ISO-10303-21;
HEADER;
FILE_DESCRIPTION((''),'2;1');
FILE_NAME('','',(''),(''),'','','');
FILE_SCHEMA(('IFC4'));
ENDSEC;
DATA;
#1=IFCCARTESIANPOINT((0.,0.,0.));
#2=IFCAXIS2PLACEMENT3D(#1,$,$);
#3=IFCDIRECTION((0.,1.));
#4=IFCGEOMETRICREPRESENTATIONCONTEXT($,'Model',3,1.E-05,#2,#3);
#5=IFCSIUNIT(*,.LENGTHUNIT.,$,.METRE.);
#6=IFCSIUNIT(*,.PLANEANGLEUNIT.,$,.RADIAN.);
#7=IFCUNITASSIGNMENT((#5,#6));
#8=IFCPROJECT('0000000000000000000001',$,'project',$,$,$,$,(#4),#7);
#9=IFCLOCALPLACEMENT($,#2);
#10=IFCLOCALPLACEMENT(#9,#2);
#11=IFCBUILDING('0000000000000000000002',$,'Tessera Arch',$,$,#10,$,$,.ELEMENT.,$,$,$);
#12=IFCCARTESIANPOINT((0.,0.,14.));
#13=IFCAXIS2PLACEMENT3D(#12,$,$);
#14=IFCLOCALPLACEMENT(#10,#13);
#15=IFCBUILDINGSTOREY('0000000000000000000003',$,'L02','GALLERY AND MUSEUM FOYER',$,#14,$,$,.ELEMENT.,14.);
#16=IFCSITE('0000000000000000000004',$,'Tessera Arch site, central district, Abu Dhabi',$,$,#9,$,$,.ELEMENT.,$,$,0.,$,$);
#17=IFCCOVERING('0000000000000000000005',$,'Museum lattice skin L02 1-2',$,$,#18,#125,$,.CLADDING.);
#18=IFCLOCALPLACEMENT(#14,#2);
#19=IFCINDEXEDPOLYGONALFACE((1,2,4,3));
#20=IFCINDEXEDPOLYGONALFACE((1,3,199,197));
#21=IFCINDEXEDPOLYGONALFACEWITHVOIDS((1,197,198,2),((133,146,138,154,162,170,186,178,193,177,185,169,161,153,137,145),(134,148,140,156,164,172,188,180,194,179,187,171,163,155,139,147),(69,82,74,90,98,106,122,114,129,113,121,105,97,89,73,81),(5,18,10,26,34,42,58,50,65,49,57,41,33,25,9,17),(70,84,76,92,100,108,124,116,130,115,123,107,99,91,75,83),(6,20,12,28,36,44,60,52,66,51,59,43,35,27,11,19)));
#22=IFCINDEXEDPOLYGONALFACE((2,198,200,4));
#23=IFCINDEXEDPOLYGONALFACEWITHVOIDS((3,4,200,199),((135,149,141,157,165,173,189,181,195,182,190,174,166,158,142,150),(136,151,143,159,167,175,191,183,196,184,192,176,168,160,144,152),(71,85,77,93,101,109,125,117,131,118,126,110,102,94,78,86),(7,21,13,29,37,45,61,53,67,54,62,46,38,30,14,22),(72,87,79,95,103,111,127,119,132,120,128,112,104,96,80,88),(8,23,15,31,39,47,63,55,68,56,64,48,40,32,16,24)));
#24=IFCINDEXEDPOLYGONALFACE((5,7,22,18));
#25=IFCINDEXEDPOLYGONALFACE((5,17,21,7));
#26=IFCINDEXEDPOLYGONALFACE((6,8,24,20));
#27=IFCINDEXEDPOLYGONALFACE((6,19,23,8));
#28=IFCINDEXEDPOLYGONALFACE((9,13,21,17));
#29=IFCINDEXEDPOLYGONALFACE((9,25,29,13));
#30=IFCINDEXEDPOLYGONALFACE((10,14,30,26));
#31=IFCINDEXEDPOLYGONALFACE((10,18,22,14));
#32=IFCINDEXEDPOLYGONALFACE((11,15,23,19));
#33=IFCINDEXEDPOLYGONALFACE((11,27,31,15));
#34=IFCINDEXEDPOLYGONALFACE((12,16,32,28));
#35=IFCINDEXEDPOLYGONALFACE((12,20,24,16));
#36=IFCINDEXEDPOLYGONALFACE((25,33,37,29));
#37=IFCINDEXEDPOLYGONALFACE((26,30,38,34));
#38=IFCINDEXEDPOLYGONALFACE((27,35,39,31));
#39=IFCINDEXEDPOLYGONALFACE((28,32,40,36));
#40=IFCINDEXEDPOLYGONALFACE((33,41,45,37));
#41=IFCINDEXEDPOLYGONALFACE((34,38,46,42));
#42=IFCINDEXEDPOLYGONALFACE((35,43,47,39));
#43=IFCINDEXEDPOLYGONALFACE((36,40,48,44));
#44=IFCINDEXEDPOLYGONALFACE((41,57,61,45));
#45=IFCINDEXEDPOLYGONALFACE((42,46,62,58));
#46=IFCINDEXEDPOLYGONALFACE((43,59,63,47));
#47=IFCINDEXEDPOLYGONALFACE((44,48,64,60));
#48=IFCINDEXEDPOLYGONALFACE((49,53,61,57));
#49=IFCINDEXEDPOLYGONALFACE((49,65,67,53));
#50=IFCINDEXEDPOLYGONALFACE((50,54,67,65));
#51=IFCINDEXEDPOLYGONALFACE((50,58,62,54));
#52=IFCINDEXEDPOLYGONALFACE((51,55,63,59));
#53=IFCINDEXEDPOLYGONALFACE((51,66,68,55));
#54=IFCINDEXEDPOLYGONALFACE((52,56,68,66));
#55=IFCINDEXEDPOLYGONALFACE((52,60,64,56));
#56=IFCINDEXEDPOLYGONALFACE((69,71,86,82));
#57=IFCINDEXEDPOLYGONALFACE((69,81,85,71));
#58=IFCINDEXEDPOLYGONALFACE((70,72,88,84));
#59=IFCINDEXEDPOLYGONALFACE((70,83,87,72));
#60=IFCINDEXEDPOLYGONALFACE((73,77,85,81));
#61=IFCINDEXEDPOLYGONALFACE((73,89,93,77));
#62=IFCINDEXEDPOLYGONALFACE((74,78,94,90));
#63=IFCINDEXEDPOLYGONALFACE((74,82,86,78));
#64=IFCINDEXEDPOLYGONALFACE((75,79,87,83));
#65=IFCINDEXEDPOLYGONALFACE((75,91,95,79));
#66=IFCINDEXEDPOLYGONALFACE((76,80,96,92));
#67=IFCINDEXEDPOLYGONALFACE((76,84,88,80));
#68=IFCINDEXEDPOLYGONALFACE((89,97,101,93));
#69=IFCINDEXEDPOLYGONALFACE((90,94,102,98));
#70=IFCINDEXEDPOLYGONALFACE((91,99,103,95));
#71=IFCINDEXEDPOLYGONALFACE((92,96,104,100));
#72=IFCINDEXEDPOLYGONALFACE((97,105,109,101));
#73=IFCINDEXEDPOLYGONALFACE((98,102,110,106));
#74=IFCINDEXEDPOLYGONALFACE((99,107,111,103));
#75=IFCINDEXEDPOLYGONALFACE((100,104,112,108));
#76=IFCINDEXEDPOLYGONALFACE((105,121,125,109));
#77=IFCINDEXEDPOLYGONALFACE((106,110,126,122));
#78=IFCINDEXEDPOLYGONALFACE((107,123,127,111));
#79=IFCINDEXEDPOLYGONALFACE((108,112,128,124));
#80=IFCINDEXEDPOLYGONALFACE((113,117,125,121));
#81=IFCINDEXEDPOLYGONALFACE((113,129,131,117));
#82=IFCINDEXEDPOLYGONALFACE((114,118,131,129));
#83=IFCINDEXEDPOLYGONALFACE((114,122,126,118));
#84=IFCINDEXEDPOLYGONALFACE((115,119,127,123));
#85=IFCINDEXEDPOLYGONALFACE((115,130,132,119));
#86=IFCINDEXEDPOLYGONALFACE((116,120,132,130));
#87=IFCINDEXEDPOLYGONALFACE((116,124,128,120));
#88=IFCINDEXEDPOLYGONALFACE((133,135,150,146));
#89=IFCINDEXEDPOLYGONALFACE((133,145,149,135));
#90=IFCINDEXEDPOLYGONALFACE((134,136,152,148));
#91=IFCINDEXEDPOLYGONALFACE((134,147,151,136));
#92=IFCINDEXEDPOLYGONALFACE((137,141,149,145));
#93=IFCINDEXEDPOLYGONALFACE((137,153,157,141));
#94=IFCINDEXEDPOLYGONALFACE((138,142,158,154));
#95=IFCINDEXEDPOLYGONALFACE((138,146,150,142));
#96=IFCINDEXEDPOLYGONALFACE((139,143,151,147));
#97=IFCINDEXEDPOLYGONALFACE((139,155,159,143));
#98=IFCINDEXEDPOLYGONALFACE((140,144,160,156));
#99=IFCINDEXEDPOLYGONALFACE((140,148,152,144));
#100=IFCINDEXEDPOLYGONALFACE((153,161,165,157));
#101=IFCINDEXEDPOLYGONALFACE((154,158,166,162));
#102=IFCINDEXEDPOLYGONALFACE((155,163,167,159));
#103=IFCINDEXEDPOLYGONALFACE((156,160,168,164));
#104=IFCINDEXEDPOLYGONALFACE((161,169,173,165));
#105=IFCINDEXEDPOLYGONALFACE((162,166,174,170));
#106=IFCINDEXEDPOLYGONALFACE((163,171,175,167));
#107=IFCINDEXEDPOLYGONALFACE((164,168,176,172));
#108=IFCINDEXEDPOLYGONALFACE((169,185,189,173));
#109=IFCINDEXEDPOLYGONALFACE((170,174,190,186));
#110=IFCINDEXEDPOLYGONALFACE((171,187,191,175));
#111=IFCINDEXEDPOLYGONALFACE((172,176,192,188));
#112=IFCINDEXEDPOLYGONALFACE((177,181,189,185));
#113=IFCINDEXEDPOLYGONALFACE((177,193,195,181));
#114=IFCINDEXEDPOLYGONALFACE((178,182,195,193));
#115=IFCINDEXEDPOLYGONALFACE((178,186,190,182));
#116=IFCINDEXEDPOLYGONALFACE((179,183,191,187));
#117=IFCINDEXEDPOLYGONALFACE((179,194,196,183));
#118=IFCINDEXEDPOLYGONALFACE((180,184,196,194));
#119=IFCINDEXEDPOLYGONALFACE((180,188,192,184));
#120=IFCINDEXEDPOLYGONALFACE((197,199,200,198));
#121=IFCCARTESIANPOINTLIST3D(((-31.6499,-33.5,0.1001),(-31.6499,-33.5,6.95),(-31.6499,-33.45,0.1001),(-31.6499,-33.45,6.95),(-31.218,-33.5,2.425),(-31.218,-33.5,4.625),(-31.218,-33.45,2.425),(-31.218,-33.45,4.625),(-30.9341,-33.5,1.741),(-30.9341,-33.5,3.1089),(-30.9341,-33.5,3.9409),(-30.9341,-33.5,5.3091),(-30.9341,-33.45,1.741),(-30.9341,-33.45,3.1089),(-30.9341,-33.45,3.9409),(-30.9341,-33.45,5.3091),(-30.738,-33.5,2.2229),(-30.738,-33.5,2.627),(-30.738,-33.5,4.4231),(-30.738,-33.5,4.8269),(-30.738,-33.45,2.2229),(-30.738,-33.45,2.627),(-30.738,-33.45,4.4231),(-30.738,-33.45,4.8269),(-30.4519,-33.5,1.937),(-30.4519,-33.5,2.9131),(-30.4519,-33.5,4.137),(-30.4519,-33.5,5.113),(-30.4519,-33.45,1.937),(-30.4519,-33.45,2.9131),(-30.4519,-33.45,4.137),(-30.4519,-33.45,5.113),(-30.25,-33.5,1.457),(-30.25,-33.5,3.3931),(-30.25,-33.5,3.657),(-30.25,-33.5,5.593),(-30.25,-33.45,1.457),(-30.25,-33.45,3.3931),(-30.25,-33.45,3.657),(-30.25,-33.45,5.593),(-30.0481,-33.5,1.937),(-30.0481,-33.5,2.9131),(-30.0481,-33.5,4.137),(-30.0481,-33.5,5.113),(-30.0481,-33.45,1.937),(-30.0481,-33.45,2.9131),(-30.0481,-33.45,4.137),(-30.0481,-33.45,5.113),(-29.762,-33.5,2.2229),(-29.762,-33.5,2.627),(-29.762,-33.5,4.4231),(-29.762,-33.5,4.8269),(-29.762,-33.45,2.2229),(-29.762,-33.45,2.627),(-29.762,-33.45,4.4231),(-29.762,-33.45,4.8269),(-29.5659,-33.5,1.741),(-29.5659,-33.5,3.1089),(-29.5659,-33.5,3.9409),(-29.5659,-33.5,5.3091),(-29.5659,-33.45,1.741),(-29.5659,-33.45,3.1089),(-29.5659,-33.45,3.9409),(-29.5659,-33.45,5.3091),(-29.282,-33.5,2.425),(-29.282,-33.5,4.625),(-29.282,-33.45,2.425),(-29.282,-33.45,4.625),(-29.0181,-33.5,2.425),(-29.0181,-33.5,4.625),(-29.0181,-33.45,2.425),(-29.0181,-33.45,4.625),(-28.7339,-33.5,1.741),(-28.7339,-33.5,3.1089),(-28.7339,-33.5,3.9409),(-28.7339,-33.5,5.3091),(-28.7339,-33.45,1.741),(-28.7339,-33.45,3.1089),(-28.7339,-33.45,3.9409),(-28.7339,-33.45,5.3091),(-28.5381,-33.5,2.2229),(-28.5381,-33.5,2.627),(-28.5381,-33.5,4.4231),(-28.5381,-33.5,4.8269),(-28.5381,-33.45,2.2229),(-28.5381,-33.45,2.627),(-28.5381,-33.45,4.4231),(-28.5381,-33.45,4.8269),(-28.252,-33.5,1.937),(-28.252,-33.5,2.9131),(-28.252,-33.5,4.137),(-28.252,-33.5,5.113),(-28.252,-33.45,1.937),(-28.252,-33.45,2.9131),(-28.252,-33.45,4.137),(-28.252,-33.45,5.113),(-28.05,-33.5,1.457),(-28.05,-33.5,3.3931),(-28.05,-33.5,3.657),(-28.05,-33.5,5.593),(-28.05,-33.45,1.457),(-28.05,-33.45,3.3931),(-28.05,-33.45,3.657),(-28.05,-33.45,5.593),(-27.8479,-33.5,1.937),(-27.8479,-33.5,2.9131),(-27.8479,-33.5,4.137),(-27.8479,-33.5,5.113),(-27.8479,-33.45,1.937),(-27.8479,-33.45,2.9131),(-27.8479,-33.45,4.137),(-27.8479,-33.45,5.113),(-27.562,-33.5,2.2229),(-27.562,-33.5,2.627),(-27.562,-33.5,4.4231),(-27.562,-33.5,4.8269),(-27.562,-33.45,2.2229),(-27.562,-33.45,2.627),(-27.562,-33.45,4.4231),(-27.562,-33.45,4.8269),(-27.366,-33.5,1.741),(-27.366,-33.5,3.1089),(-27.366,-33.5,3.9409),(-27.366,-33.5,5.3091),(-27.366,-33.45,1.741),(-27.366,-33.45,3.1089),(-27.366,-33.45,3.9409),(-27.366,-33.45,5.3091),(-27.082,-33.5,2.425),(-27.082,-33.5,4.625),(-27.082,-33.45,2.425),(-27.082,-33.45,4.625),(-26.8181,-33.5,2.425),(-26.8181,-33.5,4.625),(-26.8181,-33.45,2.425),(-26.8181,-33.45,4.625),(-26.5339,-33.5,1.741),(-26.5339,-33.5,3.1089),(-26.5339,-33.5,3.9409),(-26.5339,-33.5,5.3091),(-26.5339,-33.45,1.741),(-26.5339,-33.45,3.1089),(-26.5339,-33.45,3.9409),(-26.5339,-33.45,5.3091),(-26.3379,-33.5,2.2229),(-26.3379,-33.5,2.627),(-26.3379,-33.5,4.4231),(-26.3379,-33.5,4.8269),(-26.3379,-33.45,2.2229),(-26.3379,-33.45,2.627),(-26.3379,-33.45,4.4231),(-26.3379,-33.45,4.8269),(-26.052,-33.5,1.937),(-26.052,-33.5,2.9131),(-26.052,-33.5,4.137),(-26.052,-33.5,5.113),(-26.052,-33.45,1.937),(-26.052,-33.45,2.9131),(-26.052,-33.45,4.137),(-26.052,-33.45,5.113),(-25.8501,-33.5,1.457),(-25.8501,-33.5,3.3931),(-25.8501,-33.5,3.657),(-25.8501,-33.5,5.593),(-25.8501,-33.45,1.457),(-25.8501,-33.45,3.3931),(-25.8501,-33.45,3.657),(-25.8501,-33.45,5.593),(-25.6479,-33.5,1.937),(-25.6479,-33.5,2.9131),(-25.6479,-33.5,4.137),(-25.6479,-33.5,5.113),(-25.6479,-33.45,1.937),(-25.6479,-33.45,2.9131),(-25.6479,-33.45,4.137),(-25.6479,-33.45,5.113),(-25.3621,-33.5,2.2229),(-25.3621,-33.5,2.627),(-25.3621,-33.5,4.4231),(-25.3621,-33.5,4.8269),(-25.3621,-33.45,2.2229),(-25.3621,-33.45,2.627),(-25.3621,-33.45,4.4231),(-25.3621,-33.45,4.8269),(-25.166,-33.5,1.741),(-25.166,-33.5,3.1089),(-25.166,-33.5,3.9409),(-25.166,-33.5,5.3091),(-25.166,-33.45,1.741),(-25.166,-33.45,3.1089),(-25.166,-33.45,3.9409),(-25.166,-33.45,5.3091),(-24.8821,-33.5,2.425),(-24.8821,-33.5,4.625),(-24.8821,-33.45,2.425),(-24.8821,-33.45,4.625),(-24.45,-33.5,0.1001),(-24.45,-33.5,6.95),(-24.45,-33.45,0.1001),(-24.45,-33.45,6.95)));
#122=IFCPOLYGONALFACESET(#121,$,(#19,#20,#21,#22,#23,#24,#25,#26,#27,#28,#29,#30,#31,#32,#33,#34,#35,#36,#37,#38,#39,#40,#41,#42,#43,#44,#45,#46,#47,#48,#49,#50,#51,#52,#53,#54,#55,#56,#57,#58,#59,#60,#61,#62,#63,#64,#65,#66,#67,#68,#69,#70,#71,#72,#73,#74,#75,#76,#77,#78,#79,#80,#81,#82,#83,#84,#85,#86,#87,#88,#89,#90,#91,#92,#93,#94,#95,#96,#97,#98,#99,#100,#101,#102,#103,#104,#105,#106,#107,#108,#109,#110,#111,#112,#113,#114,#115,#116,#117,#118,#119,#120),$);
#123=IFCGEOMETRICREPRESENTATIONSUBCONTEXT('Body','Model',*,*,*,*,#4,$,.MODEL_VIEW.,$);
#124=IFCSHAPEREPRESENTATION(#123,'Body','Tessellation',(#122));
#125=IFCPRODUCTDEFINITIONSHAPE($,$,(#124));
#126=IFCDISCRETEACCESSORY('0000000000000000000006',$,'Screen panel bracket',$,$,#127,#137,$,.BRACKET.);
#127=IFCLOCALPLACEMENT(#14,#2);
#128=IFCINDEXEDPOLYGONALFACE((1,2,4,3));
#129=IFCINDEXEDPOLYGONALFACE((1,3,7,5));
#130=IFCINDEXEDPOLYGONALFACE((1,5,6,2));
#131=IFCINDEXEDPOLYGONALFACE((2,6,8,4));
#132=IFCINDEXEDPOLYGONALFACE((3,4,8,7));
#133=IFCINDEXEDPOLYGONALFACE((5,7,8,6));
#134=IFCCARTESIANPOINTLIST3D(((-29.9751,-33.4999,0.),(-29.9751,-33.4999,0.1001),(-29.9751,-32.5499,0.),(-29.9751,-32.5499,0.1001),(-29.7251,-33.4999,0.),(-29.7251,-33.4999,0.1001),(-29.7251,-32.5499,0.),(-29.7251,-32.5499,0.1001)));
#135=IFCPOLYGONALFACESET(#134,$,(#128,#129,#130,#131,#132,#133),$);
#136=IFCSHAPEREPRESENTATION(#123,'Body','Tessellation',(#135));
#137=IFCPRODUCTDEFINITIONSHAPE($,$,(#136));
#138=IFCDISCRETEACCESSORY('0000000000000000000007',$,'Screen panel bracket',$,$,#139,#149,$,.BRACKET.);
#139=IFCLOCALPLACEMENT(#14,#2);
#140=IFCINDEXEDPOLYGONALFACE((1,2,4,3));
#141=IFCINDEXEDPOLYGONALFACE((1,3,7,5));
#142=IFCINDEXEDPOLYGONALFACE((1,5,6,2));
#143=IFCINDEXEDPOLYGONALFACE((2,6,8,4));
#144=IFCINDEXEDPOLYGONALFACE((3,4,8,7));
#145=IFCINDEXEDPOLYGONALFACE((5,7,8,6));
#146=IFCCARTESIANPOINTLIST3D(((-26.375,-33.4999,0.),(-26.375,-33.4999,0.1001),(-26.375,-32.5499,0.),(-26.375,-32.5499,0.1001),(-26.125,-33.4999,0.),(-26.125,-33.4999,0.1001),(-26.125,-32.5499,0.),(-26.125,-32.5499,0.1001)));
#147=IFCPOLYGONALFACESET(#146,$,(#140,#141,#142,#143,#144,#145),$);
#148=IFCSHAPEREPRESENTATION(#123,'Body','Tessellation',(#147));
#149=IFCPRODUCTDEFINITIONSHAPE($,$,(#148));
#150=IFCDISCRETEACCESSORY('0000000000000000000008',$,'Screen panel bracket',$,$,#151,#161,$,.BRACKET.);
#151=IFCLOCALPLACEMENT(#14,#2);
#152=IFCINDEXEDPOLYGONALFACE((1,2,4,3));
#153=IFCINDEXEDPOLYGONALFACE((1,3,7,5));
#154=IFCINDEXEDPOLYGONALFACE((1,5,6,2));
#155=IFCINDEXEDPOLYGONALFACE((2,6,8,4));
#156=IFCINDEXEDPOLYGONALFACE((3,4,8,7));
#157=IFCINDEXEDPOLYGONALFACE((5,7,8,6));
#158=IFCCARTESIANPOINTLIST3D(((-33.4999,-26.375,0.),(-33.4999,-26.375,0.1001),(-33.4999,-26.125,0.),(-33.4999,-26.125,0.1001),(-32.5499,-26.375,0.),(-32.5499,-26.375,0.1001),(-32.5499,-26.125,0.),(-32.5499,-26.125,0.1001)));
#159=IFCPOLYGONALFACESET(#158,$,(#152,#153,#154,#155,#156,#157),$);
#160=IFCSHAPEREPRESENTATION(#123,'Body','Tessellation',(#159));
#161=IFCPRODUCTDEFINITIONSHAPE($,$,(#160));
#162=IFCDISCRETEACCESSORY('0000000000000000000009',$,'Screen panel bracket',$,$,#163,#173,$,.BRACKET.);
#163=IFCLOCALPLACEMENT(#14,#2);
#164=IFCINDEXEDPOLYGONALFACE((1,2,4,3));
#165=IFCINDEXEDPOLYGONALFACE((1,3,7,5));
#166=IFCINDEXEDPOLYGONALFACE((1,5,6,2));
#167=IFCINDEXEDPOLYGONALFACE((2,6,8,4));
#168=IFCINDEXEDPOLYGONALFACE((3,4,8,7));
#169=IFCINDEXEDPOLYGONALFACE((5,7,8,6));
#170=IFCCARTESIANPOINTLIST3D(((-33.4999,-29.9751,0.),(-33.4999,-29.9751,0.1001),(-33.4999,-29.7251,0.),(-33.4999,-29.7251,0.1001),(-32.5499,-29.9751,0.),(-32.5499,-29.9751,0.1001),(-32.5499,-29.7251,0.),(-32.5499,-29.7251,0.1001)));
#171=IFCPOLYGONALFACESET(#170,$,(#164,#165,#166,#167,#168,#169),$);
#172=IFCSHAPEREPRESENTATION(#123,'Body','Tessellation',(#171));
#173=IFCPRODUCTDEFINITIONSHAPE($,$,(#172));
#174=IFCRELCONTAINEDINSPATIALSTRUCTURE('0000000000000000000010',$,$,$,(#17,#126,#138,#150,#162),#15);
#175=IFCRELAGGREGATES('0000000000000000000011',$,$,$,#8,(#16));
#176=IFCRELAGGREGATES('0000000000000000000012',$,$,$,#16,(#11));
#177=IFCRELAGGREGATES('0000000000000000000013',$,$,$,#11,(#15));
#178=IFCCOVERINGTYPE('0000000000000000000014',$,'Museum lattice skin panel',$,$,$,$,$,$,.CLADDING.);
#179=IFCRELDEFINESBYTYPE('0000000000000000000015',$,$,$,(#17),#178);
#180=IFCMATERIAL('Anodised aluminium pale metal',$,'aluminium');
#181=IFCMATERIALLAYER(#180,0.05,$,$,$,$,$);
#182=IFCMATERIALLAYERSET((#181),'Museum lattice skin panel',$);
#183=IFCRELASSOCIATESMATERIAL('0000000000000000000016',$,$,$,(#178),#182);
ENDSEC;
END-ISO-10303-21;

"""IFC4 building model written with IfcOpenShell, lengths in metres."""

from ifc_helpers import new_model, si_unit, direction, frame, origin, origin_2d, place, context, subcontext, project, spatial, polyline, rectangle, outline, extrude, material, layer, layer_set, type_object, element, save


model = new_model("IFC4")

# Units and contexts
model_context = context("Model", 3, precision=1e-05, world=origin(), true_north=direction((0.0, 1.0)))
body_context = subcontext(model_context, "Body", "Model", "MODEL_VIEW")
ifc_project = project(units=[si_unit("LENGTHUNIT", "METRE"), si_unit("PLANEANGLEUNIT", "RADIAN")], contexts=[model_context])

# Site, building, storey
site_placement = place(None, origin())
site = spatial("IfcSite", under=ifc_project, at=site_placement, Name="Tessera Arch site, central district, Abu Dhabi", CompositionType="ELEMENT", RefElevation=0.0)
building_placement = place(site_placement, origin())
building = spatial("IfcBuilding", under=site, at=building_placement, Name="Tessera Arch", CompositionType="ELEMENT")
storey_placement = place(building_placement, frame((0.0, 0.0, 14.0)))
storey = spatial("IfcBuildingStorey", under=building, at=storey_placement, Name="L02", Description="GALLERY AND MUSEUM FOYER", CompositionType="ELEMENT", Elevation=14.0)

# Covering
ifc_material_1 = material(Name="Anodised aluminium pale metal", Category="aluminium")
ifc_layer_1 = layer(ifc_material_1, 0.05)
ifc_layer_set_1 = layer_set([ifc_layer_1], Name="Museum lattice skin panel")
covering_type = type_object("IfcCoveringType", Name="Museum lattice skin panel", PredefinedType="CLADDING", material=ifc_layer_set_1)
covering_placement = place(storey_placement, frame((-31.6499, -33.45, 6.95), z_axis=(0.0, 1.0, 0.0), x_axis=(1.0, 0.0, 0.0)))
element("IfcCovering", 1, at=covering_placement, inside=storey, type_object=covering_type, Name="Museum lattice skin L02 1-2", PredefinedType="CLADDING", context=body_context, shape_type="SweptSolid", body=[
    extrude(outline(polyline([(0.0, 0.0), (7.2, 0.0), (7.2, 6.8499), (0.0, 6.8499), (0.0, 0.0)]), holes=[polyline([(2.3679, 4.5249), (1.8879, 4.323), (2.084, 3.8411), (1.6018, 4.0369), (1.3999, 3.5569), (1.198, 4.0369), (0.7158, 3.8411), (0.9119, 4.323), (0.4319, 4.5249), (0.9119, 4.7271), (0.7158, 5.209), (1.198, 5.0129), (1.3999, 5.4929), (1.6018, 5.0129), (2.084, 5.209), (1.8879, 4.7271), (2.3679, 4.5249)]), polyline([(2.3679, 2.325), (1.8879, 2.123), (2.084, 1.6409), (1.6018, 1.8369), (1.3999, 1.3569), (1.198, 1.8369), (0.7158, 1.6409), (0.9119, 2.123), (0.4319, 2.325), (0.9119, 2.5269), (0.7158, 3.009), (1.198, 2.813), (1.3999, 3.293), (1.6018, 2.813), (2.084, 3.009), (1.8879, 2.5269), (2.3679, 2.325)]), polyline([(4.5679, 4.5249), (4.0879, 4.323), (4.2839, 3.8411), (3.802, 4.0369), (3.5999, 3.5569), (3.3979, 4.0369), (2.916, 3.8411), (3.1118, 4.323), (2.6318, 4.5249), (3.1118, 4.7271), (2.916, 5.209), (3.3979, 5.0129), (3.5999, 5.4929), (3.802, 5.0129), (4.2839, 5.209), (4.0879, 4.7271), (4.5679, 4.5249)]), polyline([(4.5679, 2.325), (4.0879, 2.123), (4.2839, 1.6409), (3.802, 1.8369), (3.5999, 1.3569), (3.3979, 1.8369), (2.916, 1.6409), (3.1118, 2.123), (2.6318, 2.325), (3.1118, 2.5269), (2.916, 3.009), (3.3979, 2.813), (3.5999, 3.293), (3.802, 2.813), (4.2839, 3.009), (4.0879, 2.5269), (4.5679, 2.325)]), polyline([(6.7678, 4.5249), (6.2878, 4.323), (6.4839, 3.8411), (6.002, 4.0369), (5.7998, 3.5569), (5.5979, 4.0369), (5.116, 3.8411), (5.312, 4.323), (4.8318, 4.5249), (5.312, 4.7271), (5.116, 5.209), (5.5979, 5.0129), (5.7998, 5.4929), (6.002, 5.0129), (6.4839, 5.209), (6.2878, 4.7271), (6.7678, 4.5249)]), polyline([(6.7678, 2.325), (6.2878, 2.123), (6.4839, 1.6409), (6.002, 1.8369), (5.7998, 1.3569), (5.5979, 1.8369), (5.116, 1.6409), (5.312, 2.123), (4.8318, 2.325), (5.312, 2.5269), (5.116, 3.009), (5.5979, 2.813), (5.7998, 3.293), (6.002, 2.813), (6.4839, 3.009), (6.2878, 2.5269), (6.7678, 2.325)])]), origin(), (0.0, 0.0, -1.0), 0.05),
])

# Discrete accessories
for number, where, z_axis, x_axis, name in (
    (2, (-29.8501, -33.0249, 0.0), (0.0, 0.0, 1.0), (0.0, -1.0, 0.0), "Screen panel bracket"),
    (3, (-26.25, -33.0249, 0.0), (0.0, 0.0, 1.0), (0.0, -1.0, 0.0), "Screen panel bracket"),
    (4, (-33.0249, -26.25, 0.0), (0.0, 0.0, 1.0), (-1.0, 0.0, 0.0), "Screen panel bracket"),
    (5, (-33.0249, -29.8501, 0.0), (0.0, 0.0, 1.0), (-1.0, 0.0, 0.0), "Screen panel bracket"),
):
    element("IfcDiscreteAccessory", number, at=place(storey_placement, frame(where, z_axis=z_axis, x_axis=x_axis)), inside=storey, Name=name, PredefinedType="BRACKET", context=body_context, shape_type="SweptSolid", body=[
        extrude(rectangle(XDim=0.95, YDim=0.25, at=origin_2d()), origin(), (0.0, 0.0, 1.0), 0.1001),
    ])

save(model, "model.ifc")
